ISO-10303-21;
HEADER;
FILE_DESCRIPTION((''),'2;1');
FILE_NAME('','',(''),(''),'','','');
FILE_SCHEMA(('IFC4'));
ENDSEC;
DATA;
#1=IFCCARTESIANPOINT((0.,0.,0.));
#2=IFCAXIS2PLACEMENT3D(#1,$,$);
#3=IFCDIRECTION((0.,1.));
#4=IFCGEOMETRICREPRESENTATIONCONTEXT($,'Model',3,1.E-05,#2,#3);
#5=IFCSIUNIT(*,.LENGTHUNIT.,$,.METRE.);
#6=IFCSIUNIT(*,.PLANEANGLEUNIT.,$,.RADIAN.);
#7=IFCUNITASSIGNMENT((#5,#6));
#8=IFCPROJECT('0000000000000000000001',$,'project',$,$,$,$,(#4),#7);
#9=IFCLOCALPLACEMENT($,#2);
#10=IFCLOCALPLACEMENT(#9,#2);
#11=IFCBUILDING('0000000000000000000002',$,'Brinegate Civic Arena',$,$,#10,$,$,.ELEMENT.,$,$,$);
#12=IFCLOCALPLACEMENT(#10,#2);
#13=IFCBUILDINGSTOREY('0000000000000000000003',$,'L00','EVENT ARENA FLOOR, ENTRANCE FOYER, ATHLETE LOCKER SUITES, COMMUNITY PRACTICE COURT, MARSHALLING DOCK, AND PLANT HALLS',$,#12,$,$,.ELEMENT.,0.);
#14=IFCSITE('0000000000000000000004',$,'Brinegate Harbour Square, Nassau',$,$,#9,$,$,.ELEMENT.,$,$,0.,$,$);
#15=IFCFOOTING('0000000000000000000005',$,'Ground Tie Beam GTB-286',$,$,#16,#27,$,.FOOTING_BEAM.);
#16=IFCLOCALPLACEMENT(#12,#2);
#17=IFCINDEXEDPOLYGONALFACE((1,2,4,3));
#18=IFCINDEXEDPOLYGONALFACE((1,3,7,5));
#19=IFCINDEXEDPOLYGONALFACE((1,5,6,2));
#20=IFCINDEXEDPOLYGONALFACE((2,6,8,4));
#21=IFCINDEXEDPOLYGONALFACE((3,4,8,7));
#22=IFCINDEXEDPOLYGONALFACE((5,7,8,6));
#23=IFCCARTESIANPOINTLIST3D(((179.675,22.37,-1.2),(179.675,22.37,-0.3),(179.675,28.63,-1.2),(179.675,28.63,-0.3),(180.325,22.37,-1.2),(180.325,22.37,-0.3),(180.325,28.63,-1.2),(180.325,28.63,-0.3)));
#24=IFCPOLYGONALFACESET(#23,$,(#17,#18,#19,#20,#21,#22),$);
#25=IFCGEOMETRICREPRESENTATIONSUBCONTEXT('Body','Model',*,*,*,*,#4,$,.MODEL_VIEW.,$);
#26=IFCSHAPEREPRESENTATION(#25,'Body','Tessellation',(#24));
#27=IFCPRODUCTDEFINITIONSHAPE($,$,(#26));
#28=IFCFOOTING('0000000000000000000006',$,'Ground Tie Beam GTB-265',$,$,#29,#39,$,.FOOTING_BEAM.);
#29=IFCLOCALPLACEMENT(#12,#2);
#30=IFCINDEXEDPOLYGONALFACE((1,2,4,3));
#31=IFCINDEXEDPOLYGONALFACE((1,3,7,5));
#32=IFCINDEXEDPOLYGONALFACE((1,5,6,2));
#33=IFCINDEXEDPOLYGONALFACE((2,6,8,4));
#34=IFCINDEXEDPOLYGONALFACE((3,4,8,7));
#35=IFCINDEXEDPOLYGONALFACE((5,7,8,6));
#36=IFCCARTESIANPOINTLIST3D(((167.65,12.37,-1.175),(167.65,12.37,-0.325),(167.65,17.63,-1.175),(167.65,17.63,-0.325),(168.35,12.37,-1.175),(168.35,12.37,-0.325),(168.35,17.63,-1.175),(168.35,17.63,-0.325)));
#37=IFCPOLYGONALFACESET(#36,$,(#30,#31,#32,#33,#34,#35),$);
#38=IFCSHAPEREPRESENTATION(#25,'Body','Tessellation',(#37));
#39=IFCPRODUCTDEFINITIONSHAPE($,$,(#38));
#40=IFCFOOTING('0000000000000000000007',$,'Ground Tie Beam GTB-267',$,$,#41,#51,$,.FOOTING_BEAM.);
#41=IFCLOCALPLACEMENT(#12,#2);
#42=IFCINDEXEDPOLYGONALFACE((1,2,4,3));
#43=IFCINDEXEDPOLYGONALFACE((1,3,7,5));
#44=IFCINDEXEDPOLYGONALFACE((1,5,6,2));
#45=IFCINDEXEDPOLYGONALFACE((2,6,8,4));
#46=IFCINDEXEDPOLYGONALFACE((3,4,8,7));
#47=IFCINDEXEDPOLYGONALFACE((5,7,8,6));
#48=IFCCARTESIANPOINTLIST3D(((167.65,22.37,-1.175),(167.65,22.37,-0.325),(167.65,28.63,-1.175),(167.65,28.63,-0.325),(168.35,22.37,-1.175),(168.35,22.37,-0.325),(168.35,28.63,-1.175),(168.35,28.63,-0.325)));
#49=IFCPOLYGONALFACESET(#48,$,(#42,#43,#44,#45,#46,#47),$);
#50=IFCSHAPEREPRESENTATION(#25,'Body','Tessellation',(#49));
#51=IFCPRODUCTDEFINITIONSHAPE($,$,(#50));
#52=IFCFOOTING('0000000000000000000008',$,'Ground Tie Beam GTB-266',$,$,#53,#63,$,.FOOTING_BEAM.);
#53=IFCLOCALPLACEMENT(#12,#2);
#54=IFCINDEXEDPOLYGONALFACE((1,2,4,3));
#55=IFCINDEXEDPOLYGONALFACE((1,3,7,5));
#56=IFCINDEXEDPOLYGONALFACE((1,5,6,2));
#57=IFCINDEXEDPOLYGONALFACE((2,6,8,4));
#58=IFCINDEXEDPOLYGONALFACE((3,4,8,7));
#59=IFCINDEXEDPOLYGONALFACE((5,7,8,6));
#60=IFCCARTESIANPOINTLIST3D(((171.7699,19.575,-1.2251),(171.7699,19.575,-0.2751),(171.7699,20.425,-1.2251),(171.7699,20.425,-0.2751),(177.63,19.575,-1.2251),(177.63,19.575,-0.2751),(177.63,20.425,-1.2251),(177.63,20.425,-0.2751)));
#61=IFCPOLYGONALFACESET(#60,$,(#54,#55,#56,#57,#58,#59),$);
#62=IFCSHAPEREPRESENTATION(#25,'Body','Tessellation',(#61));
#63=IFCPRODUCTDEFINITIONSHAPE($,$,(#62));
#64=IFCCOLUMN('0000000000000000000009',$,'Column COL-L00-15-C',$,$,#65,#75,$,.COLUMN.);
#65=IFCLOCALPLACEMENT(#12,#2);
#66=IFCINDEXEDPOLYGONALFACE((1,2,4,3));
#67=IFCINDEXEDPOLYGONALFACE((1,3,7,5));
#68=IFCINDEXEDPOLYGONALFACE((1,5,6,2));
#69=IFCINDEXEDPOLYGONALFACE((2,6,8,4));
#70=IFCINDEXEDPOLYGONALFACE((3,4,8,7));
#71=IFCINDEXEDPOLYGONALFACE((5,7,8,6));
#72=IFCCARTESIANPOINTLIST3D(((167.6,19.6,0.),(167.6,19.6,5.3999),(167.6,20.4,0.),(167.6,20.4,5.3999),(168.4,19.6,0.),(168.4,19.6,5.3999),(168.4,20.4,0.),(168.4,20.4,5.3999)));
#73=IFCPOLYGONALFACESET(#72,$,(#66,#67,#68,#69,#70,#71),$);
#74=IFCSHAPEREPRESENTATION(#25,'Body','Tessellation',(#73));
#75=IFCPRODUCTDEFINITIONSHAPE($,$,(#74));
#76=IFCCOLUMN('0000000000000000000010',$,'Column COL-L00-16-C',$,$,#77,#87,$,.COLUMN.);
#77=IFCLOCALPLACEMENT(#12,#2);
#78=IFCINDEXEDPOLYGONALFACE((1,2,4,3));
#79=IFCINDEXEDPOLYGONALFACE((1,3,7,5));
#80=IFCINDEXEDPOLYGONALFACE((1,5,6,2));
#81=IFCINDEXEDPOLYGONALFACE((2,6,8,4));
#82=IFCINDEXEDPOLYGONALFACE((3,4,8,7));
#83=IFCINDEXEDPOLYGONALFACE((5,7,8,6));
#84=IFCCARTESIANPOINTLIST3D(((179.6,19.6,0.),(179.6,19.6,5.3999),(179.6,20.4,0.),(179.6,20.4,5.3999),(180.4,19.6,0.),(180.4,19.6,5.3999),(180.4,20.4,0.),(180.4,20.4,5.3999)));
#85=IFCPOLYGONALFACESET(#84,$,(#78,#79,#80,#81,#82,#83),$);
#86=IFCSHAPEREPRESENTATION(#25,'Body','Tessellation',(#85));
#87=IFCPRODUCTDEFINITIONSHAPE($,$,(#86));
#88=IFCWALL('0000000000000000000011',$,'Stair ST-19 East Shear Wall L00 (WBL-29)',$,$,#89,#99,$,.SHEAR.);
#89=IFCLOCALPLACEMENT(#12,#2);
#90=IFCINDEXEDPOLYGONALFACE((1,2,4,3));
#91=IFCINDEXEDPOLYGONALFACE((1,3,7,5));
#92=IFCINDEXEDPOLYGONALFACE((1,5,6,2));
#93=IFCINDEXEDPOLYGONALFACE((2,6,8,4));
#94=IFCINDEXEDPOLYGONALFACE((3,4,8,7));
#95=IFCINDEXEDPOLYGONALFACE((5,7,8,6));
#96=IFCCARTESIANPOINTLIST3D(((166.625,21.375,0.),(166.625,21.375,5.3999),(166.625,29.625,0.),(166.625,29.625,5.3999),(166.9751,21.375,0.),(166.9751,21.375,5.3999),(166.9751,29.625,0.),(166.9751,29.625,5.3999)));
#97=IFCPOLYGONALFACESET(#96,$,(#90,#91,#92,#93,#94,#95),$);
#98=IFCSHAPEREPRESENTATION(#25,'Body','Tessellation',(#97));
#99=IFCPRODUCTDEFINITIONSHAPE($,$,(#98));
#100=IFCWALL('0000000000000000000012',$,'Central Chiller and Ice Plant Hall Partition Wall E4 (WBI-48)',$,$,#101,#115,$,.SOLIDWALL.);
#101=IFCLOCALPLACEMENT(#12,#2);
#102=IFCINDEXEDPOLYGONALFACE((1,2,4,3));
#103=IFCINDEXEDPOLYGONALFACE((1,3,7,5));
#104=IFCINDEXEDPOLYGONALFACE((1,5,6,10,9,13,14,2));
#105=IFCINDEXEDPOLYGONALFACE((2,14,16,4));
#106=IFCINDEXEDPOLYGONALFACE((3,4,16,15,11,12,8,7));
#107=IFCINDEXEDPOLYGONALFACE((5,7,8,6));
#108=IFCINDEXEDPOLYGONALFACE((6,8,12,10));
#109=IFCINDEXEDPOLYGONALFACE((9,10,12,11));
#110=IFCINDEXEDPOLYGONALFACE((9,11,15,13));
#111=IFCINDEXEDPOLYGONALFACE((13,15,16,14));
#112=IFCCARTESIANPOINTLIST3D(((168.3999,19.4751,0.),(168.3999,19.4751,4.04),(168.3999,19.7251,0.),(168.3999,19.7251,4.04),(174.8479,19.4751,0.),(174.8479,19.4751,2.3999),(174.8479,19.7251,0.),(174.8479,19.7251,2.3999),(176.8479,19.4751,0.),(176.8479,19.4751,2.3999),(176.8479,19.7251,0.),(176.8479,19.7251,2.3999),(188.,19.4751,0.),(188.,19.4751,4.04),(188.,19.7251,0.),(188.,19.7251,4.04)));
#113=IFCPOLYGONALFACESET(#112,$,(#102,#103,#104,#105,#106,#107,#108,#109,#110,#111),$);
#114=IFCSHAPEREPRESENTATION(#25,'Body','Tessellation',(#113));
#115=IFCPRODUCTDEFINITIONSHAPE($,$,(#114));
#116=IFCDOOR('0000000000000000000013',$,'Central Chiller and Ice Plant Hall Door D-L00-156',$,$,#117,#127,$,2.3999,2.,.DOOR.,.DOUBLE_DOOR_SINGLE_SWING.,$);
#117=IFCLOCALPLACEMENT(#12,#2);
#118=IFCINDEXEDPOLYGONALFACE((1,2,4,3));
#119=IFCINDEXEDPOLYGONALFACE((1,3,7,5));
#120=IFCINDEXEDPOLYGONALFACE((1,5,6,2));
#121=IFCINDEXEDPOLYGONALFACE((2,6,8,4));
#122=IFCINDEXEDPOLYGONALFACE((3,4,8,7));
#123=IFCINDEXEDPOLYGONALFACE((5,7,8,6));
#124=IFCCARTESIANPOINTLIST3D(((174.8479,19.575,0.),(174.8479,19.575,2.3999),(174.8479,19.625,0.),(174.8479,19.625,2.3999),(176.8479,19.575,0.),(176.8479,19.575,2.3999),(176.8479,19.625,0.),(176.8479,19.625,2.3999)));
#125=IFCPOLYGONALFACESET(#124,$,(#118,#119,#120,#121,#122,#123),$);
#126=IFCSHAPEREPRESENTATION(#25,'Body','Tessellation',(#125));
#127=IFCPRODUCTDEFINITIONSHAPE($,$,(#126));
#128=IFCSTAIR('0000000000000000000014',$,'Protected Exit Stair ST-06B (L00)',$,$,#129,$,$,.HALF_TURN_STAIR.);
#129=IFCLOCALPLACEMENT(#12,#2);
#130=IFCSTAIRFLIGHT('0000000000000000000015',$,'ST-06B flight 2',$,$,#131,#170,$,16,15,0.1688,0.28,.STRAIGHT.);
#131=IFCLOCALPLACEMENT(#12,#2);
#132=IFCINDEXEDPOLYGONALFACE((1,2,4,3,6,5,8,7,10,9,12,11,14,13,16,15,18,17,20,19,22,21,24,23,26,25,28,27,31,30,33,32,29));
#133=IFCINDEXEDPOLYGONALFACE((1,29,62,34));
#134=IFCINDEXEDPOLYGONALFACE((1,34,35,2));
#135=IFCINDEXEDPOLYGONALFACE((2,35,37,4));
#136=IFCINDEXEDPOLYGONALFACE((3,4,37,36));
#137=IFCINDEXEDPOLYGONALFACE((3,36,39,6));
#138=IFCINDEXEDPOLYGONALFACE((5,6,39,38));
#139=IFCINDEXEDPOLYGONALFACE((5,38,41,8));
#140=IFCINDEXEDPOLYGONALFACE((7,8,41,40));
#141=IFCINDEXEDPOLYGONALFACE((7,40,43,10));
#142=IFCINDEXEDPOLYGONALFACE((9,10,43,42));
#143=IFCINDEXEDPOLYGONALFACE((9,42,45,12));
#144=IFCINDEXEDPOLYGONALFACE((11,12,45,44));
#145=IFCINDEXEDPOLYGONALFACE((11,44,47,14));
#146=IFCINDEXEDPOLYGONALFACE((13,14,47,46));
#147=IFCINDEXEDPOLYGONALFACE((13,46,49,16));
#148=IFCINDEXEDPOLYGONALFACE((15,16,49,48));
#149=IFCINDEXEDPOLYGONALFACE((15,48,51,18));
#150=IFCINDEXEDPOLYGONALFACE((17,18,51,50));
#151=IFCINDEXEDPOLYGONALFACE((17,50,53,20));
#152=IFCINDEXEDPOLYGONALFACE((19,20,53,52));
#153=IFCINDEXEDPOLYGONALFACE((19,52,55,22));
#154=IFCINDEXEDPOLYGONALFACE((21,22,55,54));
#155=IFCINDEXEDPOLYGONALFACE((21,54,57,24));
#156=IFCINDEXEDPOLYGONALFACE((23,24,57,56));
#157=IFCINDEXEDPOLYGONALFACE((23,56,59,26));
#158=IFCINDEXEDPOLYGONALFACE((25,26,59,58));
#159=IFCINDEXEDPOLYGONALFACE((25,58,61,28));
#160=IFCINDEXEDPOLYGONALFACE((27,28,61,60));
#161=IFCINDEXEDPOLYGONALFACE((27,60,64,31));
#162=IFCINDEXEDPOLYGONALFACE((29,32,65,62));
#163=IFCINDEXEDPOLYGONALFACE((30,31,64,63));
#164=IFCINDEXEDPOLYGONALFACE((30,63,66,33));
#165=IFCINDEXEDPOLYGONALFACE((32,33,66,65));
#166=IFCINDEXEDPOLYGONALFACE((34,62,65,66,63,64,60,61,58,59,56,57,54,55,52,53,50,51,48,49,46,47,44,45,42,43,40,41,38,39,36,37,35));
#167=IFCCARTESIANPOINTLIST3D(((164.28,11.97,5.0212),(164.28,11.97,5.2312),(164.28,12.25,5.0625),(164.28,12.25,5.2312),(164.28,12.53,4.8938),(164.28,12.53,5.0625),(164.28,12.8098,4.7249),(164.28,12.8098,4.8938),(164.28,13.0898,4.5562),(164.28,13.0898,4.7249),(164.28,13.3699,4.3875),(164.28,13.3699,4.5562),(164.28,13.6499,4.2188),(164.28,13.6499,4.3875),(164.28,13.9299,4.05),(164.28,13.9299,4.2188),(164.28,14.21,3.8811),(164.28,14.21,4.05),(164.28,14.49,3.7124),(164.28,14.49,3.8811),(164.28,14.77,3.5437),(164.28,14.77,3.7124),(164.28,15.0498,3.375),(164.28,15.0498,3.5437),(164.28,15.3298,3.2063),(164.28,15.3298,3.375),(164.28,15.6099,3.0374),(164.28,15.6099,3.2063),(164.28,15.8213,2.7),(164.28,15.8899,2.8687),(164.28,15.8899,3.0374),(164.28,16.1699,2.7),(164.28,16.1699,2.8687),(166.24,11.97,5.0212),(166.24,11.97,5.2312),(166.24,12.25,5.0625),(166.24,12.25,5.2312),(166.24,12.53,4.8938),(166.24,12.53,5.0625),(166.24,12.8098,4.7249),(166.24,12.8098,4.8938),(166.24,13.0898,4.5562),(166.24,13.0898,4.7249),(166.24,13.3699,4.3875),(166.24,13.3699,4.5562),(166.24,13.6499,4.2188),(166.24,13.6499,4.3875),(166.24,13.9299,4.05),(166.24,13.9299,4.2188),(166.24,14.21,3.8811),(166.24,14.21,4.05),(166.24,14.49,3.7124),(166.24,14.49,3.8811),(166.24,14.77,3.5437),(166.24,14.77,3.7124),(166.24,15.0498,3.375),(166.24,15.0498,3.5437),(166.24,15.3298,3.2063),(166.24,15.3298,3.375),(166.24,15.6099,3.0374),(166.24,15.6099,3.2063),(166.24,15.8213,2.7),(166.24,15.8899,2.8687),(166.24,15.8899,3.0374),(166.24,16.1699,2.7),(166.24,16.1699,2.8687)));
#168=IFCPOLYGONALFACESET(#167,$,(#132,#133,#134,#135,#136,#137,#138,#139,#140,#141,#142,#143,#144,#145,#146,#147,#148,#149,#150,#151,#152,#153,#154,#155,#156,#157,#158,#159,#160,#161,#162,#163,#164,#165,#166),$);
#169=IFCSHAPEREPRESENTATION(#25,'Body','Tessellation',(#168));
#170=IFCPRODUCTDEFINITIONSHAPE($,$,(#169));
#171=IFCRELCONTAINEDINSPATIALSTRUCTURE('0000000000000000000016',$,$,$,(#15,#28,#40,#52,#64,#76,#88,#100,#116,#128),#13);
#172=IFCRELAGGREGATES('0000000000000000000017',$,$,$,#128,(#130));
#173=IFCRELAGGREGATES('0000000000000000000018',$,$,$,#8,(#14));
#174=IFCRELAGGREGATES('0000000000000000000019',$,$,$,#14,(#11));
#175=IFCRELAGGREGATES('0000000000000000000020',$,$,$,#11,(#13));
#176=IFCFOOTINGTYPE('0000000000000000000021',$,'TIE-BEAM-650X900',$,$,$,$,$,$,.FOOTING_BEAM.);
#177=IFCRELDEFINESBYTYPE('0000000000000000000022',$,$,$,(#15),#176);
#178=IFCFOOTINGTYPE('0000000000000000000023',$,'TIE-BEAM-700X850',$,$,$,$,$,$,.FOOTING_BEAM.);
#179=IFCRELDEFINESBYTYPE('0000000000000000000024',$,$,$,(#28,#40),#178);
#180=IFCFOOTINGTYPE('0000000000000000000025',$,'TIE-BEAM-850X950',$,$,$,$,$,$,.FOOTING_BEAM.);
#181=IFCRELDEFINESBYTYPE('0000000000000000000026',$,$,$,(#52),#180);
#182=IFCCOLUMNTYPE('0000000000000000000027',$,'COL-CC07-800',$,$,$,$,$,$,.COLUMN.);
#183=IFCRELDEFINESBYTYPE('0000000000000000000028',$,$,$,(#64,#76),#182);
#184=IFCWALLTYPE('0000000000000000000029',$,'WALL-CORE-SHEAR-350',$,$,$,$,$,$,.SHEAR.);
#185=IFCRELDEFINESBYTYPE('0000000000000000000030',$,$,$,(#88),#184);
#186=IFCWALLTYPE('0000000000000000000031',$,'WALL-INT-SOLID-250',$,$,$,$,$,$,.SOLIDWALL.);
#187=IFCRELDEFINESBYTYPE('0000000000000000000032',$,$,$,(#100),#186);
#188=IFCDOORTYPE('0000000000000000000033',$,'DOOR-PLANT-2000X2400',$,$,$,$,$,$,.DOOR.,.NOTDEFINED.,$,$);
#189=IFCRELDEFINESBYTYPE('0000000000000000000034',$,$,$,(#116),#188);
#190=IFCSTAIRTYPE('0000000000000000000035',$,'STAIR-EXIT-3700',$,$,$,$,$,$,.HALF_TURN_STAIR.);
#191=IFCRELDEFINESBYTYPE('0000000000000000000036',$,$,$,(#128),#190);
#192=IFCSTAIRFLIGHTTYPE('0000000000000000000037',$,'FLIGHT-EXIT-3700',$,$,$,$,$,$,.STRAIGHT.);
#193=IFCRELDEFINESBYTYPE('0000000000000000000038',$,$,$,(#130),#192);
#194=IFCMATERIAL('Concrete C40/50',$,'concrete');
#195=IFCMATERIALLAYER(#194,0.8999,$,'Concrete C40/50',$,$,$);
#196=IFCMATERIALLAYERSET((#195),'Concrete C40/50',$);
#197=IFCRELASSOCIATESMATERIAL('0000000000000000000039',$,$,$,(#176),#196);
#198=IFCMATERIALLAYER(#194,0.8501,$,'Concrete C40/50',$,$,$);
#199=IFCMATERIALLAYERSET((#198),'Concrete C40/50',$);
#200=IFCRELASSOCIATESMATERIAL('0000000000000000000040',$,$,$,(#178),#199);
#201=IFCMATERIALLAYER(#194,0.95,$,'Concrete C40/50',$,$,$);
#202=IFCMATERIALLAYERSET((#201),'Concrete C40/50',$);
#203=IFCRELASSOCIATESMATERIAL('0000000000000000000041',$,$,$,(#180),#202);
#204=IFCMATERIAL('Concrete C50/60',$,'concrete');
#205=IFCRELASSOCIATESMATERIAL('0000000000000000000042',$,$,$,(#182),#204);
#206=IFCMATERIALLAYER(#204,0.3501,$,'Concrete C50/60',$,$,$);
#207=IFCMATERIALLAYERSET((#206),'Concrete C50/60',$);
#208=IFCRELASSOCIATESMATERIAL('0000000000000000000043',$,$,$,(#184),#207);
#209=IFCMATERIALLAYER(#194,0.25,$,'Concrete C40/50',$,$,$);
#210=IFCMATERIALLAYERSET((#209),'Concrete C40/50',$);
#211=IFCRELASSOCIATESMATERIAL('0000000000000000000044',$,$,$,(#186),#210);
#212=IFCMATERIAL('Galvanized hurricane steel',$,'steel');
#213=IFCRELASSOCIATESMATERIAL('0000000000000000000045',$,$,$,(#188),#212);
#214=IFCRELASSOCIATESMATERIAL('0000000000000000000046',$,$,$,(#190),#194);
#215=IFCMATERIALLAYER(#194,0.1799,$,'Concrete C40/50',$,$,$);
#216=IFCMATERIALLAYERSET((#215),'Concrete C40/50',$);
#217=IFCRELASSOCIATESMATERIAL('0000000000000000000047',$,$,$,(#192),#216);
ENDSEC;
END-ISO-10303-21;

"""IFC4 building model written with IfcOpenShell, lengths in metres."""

from ifc_helpers import new_model, si_unit, direction, frame, frame_2d, origin, origin_2d, place, context, subcontext, project, spatial, polyline, rectangle, outline, extrude, material, layer, layer_set, material_profile, profile_set, type_object, element, fill, aggregate, save


model = new_model("IFC4")

# Units and contexts
model_context = context("Model", 3, precision=1e-05, world=origin(), true_north=direction((0.0, 1.0)))
body_context = subcontext(model_context, "Body", "Model", "MODEL_VIEW")
ifc_project = project(units=[si_unit("LENGTHUNIT", "METRE"), si_unit("PLANEANGLEUNIT", "RADIAN")], contexts=[model_context])

# Site, building, storey
site_placement = place(None, origin())
site = spatial("IfcSite", under=ifc_project, at=site_placement, Name="Brinegate Harbour Square, Nassau", CompositionType="ELEMENT", RefElevation=0.0)
building_placement = place(site_placement, origin())
building = spatial("IfcBuilding", under=site, at=building_placement, Name="Brinegate Civic Arena", CompositionType="ELEMENT")
storey_placement = place(building_placement, origin())
storey = spatial("IfcBuildingStorey", under=building, at=storey_placement, Name="L00", Description="EVENT ARENA FLOOR, ENTRANCE FOYER, ATHLETE LOCKER SUITES, COMMUNITY PRACTICE COURT, MARSHALLING DOCK, AND PLANT HALLS", CompositionType="ELEMENT", Elevation=0.0)

# Shared definitions
ifc_material_1 = material(Name="Concrete C40/50", Category="concrete")

# Footings
ifc_layer_1 = layer(ifc_material_1, 0.8999, Name="Concrete C40/50")
ifc_layer_set_1 = layer_set([ifc_layer_1], Name="Concrete C40/50")
footing_type_1 = type_object("IfcFootingType", Name="TIE-BEAM-650X900", PredefinedType="FOOTING_BEAM", material=ifc_layer_set_1)
footing_1_placement = place(storey_placement, frame((180.0, 25.5, -1.2), z_axis=(0.0, 0.0, 1.0), x_axis=(0.0, 1.0, 0.0)))
element("IfcFooting", 1, at=footing_1_placement, inside=storey, type_object=footing_type_1, Name="Ground Tie Beam GTB-286", PredefinedType="FOOTING_BEAM", context=body_context, shape_type="SweptSolid", body=[
    extrude(rectangle(XDim=6.26, YDim=0.6499, at=origin_2d()), origin(), (0.0, 0.0, 1.0), 0.8999),
])
ifc_layer_2 = layer(ifc_material_1, 0.8501, Name="Concrete C40/50")
ifc_layer_set_2 = layer_set([ifc_layer_2], Name="Concrete C40/50")
footing_type_2 = type_object("IfcFootingType", Name="TIE-BEAM-700X850", PredefinedType="FOOTING_BEAM", material=ifc_layer_set_2)
footing_2_placement = place(storey_placement, frame((168.0, 15.0, -1.175), z_axis=(0.0, 0.0, 1.0), x_axis=(0.0, 1.0, 0.0)))
element("IfcFooting", 2, at=footing_2_placement, inside=storey, type_object=footing_type_2, Name="Ground Tie Beam GTB-265", PredefinedType="FOOTING_BEAM", context=body_context, shape_type="SweptSolid", body=[
    extrude(rectangle(XDim=5.26, YDim=0.7, at=origin_2d()), origin(), (0.0, 0.0, 1.0), 0.8501),
])
footing_3_placement = place(storey_placement, frame((168.0, 25.5, -1.175), z_axis=(0.0, 0.0, 1.0), x_axis=(0.0, 1.0, 0.0)))
element("IfcFooting", 3, at=footing_3_placement, inside=storey, type_object=footing_type_2, Name="Ground Tie Beam GTB-267", PredefinedType="FOOTING_BEAM", context=body_context, shape_type="SweptSolid", body=[
    extrude(rectangle(XDim=6.26, YDim=0.7, at=origin_2d()), origin(), (0.0, 0.0, 1.0), 0.8501),
])
ifc_layer_3 = layer(ifc_material_1, 0.95, Name="Concrete C40/50")
ifc_layer_set_3 = layer_set([ifc_layer_3], Name="Concrete C40/50")
footing_type_3 = type_object("IfcFootingType", Name="TIE-BEAM-850X950", PredefinedType="FOOTING_BEAM", material=ifc_layer_set_3)
footing_4_placement = place(storey_placement, frame((174.7, 20.0, -1.2251), z_axis=(0.0, 0.0, 1.0), x_axis=(1.0, 0.0, 0.0)))
element("IfcFooting", 4, at=footing_4_placement, inside=storey, type_object=footing_type_3, Name="Ground Tie Beam GTB-266", PredefinedType="FOOTING_BEAM", context=body_context, shape_type="SweptSolid", body=[
    extrude(rectangle(XDim=5.8601, YDim=0.8501, at=origin_2d()), origin(), (0.0, 0.0, 1.0), 0.95),
])

# Columns
ifc_material_2 = material(Name="Concrete C50/60", Category="concrete")
ifc_material_profile_1 = material_profile(ifc_material_2, rectangle(XDim=0.8, YDim=0.8, at=origin_2d()), Name="RC800X800")
ifc_profile_set_1 = profile_set([ifc_material_profile_1], Name="Concrete C50/60")
column_type = type_object("IfcColumnType", Name="COL-CC07-800", PredefinedType="COLUMN", material=ifc_profile_set_1)
for number, where, z_axis, x_axis, name in (
    (5, (168.0, 20.0, 0.0), (0.0, 0.0, 1.0), (1.0, 0.0, 0.0), "Column COL-L00-15-C"),
    (6, (180.0, 20.0, 0.0), (0.0, 0.0, 1.0), (1.0, 0.0, 0.0), "Column COL-L00-16-C"),
):
    element("IfcColumn", number, at=place(storey_placement, frame(where, z_axis=z_axis, x_axis=x_axis)), inside=storey, type_object=column_type, Name=name, PredefinedType="COLUMN", context=body_context, shape_type="SweptSolid", body=[
        extrude(rectangle(XDim=0.8, YDim=0.8, at=origin_2d()), origin(), (0.0, 0.0, 1.0), 5.3999),
    ])

# Wall
ifc_layer_4 = layer(ifc_material_2, 0.3501, Name="Concrete C50/60")
ifc_layer_set_4 = layer_set([ifc_layer_4], Name="Concrete C50/60")
wall_type_1 = type_object("IfcWallType", Name="WALL-CORE-SHEAR-350", PredefinedType="SHEAR", material=ifc_layer_set_4)
wall_1_placement = place(storey_placement, frame((166.8, 21.375, 0.0), z_axis=(0.0, 0.0, 1.0), x_axis=(0.0, 1.0, 0.0)))
element("IfcWall", 7, at=wall_1_placement, inside=storey, type_object=wall_type_1, Name="Stair ST-19 East Shear Wall L00 (WBL-29)", PredefinedType="SHEAR", context=body_context, shape_type="SweptSolid", body=[
    extrude(rectangle(XDim=8.25, YDim=0.3501, at=frame_2d((4.125, 0.0))), origin(), (0.0, 0.0, 1.0), 5.3999),
])

# Wall, opening, door
ifc_layer_5 = layer(ifc_material_1, 0.25, Name="Concrete C40/50")
ifc_layer_set_5 = layer_set([ifc_layer_5], Name="Concrete C40/50")
wall_type_2 = type_object("IfcWallType", Name="WALL-INT-SOLID-250", PredefinedType="SOLIDWALL", material=ifc_layer_set_5)
wall_2_placement = place(storey_placement, frame((168.3999, 19.6001, 0.0), z_axis=(0.0, 0.0, 1.0), x_axis=(1.0, 0.0, 0.0)))
wall_2 = element("IfcWall", 8, at=wall_2_placement, inside=storey, type_object=wall_type_2, Name="Central Chiller and Ice Plant Hall Partition Wall E4 (WBI-48)", PredefinedType="SOLIDWALL", context=body_context, shape_type="SweptSolid", body=[
    extrude(rectangle(XDim=19.6001, YDim=0.25, at=frame_2d((9.8, 0.0))), origin(), (0.0, 0.0, 1.0), 4.04),
])
opening_placement = place(wall_2_placement, frame((6.448, 0.0, 0.0)))
opening = element("IfcOpeningElement", 9, at=opening_placement, cuts=wall_2, PredefinedType="OPENING", context=body_context, shape_type="SweptSolid", body=[
    extrude(rectangle(XDim=2.0, YDim=2.3999, at=frame_2d((1.0, 1.2))), frame((0.0, 0.135, 0.0), z_axis=(0.0, -1.0, 0.0), x_axis=(1.0, 0.0, 0.0)), (0.0, 0.0, 1.0), 0.27),
])
ifc_material_3 = material(Name="Galvanized hurricane steel", Category="steel")
door_type = type_object("IfcDoorType", Name="DOOR-PLANT-2000X2400", OperationType="NOTDEFINED", PredefinedType="DOOR", material=ifc_material_3)
door_placement = place(opening_placement, origin())
door = element("IfcDoor", 10, at=door_placement, inside=storey, type_object=door_type, Name="Central Chiller and Ice Plant Hall Door D-L00-156", OperationType="DOUBLE_DOOR_SINGLE_SWING", OverallHeight=2.3999, OverallWidth=2.0, PredefinedType="DOOR", context=body_context, shape_type="SweptSolid", body=[
    extrude(rectangle(XDim=2.0, YDim=2.3999, at=frame_2d((1.0, 1.2))), frame((0.0, 0.0249, 0.0), z_axis=(0.0, -1.0, 0.0), x_axis=(1.0, 0.0, 0.0)), (0.0, 0.0, 1.0), 0.05),
])
fill(opening, door)

# Stair, stair flight
stair_type = type_object("IfcStairType", Name="STAIR-EXIT-3700", PredefinedType="HALF_TURN_STAIR", material=ifc_material_1)
stair_placement = place(storey_placement, origin())
stair = element("IfcStair", 11, at=stair_placement, inside=storey, type_object=stair_type, Name="Protected Exit Stair ST-06B (L00)", PredefinedType="HALF_TURN_STAIR")
ifc_layer_6 = layer(ifc_material_1, 0.1799, Name="Concrete C40/50")
ifc_layer_set_6 = layer_set([ifc_layer_6], Name="Concrete C40/50")
stair_flight_type = type_object("IfcStairFlightType", Name="FLIGHT-EXIT-3700", PredefinedType="STRAIGHT", material=ifc_layer_set_6)
stair_flight_placement = place(storey_placement, frame((165.26, 16.1699, 2.7), z_axis=(0.0, 0.0, 1.0), x_axis=(0.0, -1.0, 0.0)))
stair_flight = element("IfcStairFlight", 12, at=stair_flight_placement, type_object=stair_flight_type, Name="ST-06B flight 2", NumberOfRisers=16, NumberOfTreads=15, PredefinedType="STRAIGHT", RiserHeight=0.1688, TreadLength=0.28, context=body_context, shape_type="SweptSolid", body=[
    extrude(outline(polyline([(0.0, 0.0), (0.0, 0.1687), (0.28, 0.1687), (0.28, 0.3374), (0.5601, 0.3374), (0.5601, 0.5063), (0.8401, 0.5063), (0.8401, 0.675), (1.1201, 0.675), (1.1201, 0.8438), (1.3999, 0.8438), (1.3999, 1.0125), (1.6799, 1.0125), (1.6799, 1.1812), (1.96, 1.1812), (1.96, 1.3501), (2.24, 1.3501), (2.24, 1.5188), (2.52, 1.5188), (2.52, 1.6875), (2.8, 1.6875), (2.8, 1.8562), (3.0801, 1.8562), (3.0801, 2.0249), (3.3601, 2.0249), (3.3601, 2.1938), (3.6399, 2.1938), (3.6399, 2.3625), (3.9199, 2.3625), (3.9199, 2.5312), (4.2, 2.5312), (4.2, 2.7), (4.2, 2.3213), (0.3486, 0.0), (0.0, 0.0)])), frame((0.0, 0.98, 0.0), z_axis=(0.0, -1.0, 0.0), x_axis=(1.0, 0.0, 0.0)), (0.0, 0.0, 1.0), 1.96),
])
aggregate(stair, [stair_flight])

save(model, "model.ifc")
